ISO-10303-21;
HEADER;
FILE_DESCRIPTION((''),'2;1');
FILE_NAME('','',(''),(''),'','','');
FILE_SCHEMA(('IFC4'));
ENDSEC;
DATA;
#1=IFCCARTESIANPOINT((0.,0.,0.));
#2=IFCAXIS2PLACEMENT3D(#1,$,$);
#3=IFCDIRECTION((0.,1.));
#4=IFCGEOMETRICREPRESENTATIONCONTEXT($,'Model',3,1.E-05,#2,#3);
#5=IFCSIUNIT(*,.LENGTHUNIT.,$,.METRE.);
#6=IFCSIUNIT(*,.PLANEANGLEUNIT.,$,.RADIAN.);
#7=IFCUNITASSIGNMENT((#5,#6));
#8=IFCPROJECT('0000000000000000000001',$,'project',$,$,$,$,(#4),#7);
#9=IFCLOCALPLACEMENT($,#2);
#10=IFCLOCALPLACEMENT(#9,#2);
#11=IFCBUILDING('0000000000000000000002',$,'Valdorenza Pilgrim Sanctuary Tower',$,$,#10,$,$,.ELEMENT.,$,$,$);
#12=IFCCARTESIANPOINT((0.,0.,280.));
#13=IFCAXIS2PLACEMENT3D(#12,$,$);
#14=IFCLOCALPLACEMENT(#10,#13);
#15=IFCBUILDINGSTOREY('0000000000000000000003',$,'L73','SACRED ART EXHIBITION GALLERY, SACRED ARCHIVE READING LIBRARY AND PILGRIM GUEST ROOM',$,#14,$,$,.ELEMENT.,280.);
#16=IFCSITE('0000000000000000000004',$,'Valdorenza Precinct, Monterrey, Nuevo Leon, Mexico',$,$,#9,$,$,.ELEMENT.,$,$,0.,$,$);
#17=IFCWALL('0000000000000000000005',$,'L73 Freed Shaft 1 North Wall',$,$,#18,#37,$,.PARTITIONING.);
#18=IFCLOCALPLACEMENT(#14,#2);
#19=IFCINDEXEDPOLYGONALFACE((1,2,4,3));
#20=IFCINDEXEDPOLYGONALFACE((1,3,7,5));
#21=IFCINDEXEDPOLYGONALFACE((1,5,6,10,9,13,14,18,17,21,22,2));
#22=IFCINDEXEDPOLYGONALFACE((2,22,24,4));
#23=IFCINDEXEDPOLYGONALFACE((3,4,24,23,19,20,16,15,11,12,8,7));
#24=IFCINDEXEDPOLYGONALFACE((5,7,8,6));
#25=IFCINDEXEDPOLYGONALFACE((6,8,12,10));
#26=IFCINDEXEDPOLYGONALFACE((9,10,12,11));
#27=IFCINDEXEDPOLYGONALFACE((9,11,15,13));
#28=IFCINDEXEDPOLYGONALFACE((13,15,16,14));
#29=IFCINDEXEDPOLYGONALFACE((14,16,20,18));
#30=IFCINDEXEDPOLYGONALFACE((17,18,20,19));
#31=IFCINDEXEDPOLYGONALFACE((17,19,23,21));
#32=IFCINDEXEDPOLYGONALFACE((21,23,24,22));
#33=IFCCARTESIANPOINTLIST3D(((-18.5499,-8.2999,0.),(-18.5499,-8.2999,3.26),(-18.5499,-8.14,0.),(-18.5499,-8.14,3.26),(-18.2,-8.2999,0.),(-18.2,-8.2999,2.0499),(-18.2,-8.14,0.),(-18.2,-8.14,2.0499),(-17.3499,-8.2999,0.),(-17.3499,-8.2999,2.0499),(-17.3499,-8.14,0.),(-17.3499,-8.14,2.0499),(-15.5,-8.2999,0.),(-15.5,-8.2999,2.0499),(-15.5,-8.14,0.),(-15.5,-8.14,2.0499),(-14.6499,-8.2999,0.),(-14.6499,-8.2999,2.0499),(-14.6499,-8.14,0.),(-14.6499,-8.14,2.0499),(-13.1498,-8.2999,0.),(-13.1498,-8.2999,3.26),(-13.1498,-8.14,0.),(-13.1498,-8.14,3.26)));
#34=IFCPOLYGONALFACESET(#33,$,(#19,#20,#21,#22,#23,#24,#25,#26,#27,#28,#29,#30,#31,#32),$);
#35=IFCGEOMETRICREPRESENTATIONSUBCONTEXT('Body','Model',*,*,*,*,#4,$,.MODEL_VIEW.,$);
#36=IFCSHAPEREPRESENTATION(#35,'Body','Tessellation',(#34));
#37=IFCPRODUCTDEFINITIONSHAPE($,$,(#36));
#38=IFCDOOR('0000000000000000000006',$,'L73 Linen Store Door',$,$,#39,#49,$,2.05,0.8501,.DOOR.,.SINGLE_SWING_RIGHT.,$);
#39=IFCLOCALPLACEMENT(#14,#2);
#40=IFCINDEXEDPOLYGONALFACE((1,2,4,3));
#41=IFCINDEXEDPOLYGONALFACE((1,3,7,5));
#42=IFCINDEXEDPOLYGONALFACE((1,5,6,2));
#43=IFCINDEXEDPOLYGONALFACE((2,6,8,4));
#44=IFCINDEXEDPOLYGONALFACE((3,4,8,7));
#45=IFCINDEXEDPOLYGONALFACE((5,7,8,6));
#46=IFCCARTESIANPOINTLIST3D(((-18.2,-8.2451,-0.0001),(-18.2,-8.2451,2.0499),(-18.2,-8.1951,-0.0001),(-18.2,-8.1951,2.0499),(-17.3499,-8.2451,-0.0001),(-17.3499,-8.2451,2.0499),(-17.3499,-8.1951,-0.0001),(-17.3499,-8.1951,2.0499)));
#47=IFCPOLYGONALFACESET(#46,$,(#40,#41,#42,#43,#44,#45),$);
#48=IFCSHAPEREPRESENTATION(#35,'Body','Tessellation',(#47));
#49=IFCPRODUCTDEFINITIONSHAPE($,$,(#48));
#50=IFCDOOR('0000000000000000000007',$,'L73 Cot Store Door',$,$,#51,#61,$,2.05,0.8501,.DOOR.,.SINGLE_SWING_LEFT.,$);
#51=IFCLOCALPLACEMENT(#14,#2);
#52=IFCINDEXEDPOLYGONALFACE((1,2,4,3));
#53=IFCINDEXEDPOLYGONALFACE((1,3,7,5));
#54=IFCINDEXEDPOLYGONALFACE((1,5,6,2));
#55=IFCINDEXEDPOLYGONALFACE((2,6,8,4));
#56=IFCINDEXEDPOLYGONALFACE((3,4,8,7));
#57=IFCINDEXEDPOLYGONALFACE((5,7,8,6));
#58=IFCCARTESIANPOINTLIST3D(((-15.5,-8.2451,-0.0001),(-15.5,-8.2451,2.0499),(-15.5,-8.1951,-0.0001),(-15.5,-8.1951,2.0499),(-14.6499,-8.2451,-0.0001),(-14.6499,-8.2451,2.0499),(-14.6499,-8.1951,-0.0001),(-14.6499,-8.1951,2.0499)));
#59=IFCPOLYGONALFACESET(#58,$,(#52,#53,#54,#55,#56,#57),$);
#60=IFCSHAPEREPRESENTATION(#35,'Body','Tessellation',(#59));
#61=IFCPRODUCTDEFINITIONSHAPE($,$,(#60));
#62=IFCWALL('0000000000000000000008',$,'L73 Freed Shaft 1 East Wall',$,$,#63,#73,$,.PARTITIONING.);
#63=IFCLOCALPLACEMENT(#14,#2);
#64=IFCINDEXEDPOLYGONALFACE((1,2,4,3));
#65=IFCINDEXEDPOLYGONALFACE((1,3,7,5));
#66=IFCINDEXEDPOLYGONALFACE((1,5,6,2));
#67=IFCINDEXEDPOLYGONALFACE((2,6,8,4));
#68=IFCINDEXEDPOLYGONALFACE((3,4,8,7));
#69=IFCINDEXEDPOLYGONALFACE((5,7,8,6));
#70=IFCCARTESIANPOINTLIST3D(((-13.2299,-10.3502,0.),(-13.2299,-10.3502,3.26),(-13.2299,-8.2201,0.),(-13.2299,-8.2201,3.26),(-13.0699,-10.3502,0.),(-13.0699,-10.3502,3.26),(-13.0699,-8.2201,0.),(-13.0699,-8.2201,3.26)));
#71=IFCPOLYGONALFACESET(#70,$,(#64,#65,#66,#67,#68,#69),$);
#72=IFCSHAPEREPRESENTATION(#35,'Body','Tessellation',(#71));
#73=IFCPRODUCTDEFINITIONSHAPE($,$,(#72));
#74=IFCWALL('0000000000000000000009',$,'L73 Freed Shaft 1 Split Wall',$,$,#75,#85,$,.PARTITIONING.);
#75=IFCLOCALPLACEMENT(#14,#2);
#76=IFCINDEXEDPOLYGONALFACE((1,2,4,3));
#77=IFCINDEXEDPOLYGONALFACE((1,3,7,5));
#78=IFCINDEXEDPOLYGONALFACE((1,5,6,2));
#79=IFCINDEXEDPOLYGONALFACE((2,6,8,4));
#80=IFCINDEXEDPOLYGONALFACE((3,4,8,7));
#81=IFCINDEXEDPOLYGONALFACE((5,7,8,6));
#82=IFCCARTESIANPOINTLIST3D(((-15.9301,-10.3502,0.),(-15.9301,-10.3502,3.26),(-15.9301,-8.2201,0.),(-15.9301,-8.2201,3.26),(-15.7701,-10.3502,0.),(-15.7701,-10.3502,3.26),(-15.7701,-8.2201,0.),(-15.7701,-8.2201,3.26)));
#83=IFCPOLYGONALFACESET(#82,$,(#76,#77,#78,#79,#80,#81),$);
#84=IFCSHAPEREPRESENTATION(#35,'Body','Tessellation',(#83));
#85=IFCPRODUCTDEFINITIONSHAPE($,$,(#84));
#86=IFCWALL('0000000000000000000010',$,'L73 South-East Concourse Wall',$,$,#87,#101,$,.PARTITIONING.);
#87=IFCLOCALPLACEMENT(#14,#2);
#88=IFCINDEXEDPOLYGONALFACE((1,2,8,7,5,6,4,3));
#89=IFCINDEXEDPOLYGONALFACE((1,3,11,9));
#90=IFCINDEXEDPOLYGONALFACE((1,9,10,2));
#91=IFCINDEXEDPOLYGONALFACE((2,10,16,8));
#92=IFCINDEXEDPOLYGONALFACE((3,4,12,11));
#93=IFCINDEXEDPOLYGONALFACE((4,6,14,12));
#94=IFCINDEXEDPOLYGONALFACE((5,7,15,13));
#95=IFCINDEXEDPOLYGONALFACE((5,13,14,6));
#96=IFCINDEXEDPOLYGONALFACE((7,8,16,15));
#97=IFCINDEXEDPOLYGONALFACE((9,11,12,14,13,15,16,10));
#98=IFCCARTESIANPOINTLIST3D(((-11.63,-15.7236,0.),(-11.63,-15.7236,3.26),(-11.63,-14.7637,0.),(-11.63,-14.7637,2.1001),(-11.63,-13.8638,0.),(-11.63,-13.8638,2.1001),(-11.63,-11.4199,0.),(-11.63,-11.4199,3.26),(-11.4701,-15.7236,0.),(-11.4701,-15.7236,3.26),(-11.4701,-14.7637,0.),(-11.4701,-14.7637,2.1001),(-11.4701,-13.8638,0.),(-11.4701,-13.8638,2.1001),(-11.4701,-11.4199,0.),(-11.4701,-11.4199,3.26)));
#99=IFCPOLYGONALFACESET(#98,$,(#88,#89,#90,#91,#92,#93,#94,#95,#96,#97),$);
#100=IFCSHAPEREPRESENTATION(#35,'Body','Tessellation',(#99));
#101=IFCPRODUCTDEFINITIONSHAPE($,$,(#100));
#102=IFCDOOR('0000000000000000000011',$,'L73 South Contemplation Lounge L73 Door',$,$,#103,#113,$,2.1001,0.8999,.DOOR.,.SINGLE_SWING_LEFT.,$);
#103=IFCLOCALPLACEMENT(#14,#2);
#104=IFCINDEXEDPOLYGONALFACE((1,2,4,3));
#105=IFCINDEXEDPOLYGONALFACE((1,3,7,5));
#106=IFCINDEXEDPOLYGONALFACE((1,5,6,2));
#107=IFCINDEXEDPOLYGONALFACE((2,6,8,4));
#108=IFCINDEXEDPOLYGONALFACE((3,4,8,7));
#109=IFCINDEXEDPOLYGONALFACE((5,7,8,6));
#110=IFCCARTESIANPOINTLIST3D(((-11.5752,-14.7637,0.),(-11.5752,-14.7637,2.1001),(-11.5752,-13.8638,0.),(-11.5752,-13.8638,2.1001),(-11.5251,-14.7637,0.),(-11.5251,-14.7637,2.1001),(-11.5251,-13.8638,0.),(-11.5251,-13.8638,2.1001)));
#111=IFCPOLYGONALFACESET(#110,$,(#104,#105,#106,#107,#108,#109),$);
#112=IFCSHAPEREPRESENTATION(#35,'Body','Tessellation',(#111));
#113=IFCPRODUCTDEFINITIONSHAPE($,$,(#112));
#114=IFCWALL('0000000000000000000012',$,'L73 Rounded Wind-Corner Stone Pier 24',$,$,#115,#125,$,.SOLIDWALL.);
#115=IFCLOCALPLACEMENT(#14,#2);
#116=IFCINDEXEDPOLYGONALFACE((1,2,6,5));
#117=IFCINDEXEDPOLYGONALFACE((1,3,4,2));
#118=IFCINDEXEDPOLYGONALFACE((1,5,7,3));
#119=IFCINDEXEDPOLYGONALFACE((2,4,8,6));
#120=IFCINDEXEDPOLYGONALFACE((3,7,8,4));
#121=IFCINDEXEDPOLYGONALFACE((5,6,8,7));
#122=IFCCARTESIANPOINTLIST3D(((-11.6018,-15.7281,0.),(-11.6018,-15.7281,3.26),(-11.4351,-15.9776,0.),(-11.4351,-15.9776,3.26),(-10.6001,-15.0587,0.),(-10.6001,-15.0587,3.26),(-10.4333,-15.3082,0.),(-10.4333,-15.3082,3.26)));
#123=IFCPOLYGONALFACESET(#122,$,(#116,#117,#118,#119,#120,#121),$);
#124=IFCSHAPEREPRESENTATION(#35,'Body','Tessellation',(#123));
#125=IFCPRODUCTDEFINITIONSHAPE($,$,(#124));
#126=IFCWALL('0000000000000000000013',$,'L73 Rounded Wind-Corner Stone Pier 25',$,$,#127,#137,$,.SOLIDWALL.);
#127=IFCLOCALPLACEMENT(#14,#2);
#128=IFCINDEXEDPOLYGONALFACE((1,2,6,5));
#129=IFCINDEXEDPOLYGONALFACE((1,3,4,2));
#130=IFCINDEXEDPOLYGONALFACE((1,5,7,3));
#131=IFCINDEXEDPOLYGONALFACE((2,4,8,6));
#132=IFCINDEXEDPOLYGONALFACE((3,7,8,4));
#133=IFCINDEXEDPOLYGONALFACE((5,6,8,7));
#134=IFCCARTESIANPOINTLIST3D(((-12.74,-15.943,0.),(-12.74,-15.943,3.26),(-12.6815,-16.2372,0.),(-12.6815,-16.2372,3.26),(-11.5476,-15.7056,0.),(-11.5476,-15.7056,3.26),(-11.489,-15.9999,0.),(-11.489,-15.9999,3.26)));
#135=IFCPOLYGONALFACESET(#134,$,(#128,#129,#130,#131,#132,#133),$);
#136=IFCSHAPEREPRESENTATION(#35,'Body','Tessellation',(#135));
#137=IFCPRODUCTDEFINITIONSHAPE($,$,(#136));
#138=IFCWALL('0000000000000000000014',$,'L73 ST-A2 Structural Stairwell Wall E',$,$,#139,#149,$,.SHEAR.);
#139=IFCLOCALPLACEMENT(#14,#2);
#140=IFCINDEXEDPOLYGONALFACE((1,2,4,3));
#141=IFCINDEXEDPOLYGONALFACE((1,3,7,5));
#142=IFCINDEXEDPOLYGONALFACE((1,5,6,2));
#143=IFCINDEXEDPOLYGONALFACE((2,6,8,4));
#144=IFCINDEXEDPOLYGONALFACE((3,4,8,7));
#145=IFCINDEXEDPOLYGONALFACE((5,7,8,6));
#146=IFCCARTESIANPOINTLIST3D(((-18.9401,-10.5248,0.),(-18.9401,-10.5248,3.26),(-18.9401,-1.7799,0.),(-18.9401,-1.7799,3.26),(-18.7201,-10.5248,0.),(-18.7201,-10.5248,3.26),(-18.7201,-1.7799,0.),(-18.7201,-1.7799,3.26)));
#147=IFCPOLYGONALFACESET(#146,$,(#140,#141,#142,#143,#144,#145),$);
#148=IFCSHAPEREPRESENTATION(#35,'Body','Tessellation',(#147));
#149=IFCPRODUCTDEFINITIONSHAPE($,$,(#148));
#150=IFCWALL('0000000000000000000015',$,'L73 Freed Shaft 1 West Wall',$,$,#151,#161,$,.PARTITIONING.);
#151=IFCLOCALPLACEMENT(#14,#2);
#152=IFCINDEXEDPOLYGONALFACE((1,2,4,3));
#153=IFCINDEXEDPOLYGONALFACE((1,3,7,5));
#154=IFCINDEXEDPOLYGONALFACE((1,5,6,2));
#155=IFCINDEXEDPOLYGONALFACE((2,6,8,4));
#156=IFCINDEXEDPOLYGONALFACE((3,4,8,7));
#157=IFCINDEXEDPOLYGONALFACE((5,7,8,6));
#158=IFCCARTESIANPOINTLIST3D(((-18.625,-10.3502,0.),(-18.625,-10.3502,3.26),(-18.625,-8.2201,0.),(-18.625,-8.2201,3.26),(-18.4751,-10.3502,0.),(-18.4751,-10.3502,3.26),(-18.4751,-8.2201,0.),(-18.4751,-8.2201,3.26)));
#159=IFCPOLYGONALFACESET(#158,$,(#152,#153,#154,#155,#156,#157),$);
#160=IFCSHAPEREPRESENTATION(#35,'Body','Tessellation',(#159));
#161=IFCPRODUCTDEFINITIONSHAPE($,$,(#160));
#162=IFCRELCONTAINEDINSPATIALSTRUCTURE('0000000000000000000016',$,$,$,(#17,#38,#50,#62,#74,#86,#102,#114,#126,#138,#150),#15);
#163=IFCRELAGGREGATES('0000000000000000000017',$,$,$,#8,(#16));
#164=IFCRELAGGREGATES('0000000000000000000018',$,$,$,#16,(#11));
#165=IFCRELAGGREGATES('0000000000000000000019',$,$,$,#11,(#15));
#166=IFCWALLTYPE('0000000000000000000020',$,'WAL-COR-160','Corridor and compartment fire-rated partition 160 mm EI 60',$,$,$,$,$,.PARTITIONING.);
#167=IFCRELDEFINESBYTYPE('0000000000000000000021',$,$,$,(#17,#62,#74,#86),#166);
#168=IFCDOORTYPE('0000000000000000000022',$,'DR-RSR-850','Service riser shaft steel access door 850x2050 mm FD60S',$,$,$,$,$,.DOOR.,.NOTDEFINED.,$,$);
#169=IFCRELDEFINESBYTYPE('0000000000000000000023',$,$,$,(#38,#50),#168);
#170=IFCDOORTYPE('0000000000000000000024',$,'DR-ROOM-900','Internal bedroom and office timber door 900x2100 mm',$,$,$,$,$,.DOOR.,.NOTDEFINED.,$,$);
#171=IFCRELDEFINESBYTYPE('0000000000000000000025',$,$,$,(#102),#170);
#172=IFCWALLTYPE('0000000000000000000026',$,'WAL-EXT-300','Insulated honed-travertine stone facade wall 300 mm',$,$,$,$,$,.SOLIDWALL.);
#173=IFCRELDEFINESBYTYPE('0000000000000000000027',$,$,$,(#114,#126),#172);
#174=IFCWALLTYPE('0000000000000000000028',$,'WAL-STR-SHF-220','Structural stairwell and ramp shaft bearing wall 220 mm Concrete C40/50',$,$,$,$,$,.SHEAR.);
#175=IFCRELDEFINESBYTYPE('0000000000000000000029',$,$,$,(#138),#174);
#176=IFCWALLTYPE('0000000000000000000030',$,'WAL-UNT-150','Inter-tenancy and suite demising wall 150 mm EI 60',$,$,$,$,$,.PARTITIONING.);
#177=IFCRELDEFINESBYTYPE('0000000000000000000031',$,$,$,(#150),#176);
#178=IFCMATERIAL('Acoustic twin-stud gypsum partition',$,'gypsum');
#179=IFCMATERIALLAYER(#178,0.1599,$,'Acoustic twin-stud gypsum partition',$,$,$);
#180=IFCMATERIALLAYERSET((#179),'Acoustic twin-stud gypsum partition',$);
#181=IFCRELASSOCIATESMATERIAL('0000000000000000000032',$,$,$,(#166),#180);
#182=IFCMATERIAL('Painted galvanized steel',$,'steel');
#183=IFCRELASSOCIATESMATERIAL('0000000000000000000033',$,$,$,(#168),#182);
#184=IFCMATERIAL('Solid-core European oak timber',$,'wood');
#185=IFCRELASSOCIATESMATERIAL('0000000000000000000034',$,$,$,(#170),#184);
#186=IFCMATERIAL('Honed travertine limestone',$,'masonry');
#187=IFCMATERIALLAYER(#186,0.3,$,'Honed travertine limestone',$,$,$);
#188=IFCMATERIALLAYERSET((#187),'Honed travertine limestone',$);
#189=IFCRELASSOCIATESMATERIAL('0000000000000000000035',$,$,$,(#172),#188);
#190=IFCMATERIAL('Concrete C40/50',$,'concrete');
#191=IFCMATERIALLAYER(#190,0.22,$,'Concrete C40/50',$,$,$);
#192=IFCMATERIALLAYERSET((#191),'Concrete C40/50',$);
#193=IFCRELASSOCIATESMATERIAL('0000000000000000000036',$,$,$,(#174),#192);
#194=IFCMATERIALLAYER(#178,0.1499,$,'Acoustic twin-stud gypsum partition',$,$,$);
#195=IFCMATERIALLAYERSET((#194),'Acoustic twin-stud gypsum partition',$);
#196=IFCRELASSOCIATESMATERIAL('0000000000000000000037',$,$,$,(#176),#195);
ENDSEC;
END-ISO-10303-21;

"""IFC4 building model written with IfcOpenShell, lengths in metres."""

from ifc_helpers import new_model, si_unit, direction, frame, frame_2d, origin, place, context, subcontext, project, spatial, rectangle, extrude, material, layer, layer_set, type_object, element, fill, save


model = new_model("IFC4")

# Units and contexts
model_context = context("Model", 3, precision=1e-05, world=origin(), true_north=direction((0.0, 1.0)))
body_context = subcontext(model_context, "Body", "Model", "MODEL_VIEW")
ifc_project = project(units=[si_unit("LENGTHUNIT", "METRE"), si_unit("PLANEANGLEUNIT", "RADIAN")], contexts=[model_context])

# Site, building, storey
site_placement = place(None, origin())
site = spatial("IfcSite", under=ifc_project, at=site_placement, Name="Valdorenza Precinct, Monterrey, Nuevo Leon, Mexico", CompositionType="ELEMENT", RefElevation=0.0)
building_placement = place(site_placement, origin())
building = spatial("IfcBuilding", under=site, at=building_placement, Name="Valdorenza Pilgrim Sanctuary Tower", CompositionType="ELEMENT")
storey_placement = place(building_placement, frame((0.0, 0.0, 280.0)))
storey = spatial("IfcBuildingStorey", under=building, at=storey_placement, Name="L73", Description="SACRED ART EXHIBITION GALLERY, SACRED ARCHIVE READING LIBRARY AND PILGRIM GUEST ROOM", CompositionType="ELEMENT", Elevation=280.0)

# Shared definitions
ifc_material_1 = material(Name="Honed travertine limestone", Category="masonry")

# Shared definitions
ifc_material_2 = material(Name="Acoustic twin-stud gypsum partition", Category="gypsum")
ifc_layer_1 = layer(ifc_material_2, 0.1599, Name="Acoustic twin-stud gypsum partition")
ifc_layer_set_1 = layer_set([ifc_layer_1], Name="Acoustic twin-stud gypsum partition")
wall_type_1 = type_object("IfcWallType", Name="WAL-COR-160", Description="Corridor and compartment fire-rated partition 160 mm EI 60", PredefinedType="PARTITIONING", material=ifc_layer_set_1)

# Wall, openings, doors
wall_1_placement = place(storey_placement, frame((-18.55, -8.22, 0.0), z_axis=(0.0, 0.0, 1.0), x_axis=(1.0, 0.0, 0.0)))
wall_1 = element("IfcWall", 1, at=wall_1_placement, inside=storey, type_object=wall_type_1, Name="L73 Freed Shaft 1 North Wall", PredefinedType="PARTITIONING", context=body_context, shape_type="SweptSolid", body=[
    extrude(rectangle(XDim=5.4001, YDim=0.1599, at=frame_2d((2.7002, 0.0))), origin(), (0.0, 0.0, 1.0), 3.26),
])
opening_1_placement = place(wall_1_placement, frame((0.3501, 0.0, 0.0)))
opening_1 = element("IfcOpeningElement", 2, at=opening_1_placement, cuts=wall_1, PredefinedType="OPENING", context=body_context, shape_type="SweptSolid", body=[
    extrude(rectangle(XDim=0.8501, YDim=2.05, at=frame_2d((0.425, 1.0249))), frame((0.0, 0.0947, 0.0), z_axis=(0.0, -1.0, 0.0), x_axis=(1.0, 0.0, 0.0)), (0.0, 0.0, 1.0), 0.1897),
])
opening_2_placement = place(wall_1_placement, frame((3.05, 0.0, 0.0)))
opening_2 = element("IfcOpeningElement", 3, at=opening_2_placement, cuts=wall_1, PredefinedType="OPENING", context=body_context, shape_type="SweptSolid", body=[
    extrude(rectangle(XDim=0.8501, YDim=2.05, at=frame_2d((0.425, 1.0249))), frame((0.0, 0.0947, 0.0), z_axis=(0.0, -1.0, 0.0), x_axis=(1.0, 0.0, 0.0)), (0.0, 0.0, 1.0), 0.1897),
])
ifc_material_3 = material(Name="Painted galvanized steel", Category="steel")
door_type_1 = type_object("IfcDoorType", Name="DR-RSR-850", Description="Service riser shaft steel access door 850x2050 mm FD60S", OperationType="NOTDEFINED", PredefinedType="DOOR", material=ifc_material_3)
door_1_placement = place(opening_1_placement, origin())
door_1 = element("IfcDoor", 4, at=door_1_placement, inside=storey, type_object=door_type_1, Name="L73 Linen Store Door", OperationType="SINGLE_SWING_RIGHT", OverallHeight=2.05, OverallWidth=0.8501, PredefinedType="DOOR", context=body_context, shape_type="SweptSolid", body=[
    extrude(rectangle(XDim=0.8501, YDim=2.05, at=frame_2d((0.425, 1.0249))), frame((0.0, 0.0249, 0.0), z_axis=(0.0, -1.0, 0.0), x_axis=(1.0, 0.0, 0.0)), (0.0, 0.0, 1.0), 0.05),
])
fill(opening_1, door_1)
door_2_placement = place(opening_2_placement, origin())
door_2 = element("IfcDoor", 5, at=door_2_placement, inside=storey, type_object=door_type_1, Name="L73 Cot Store Door", OperationType="SINGLE_SWING_LEFT", OverallHeight=2.05, OverallWidth=0.8501, PredefinedType="DOOR", context=body_context, shape_type="SweptSolid", body=[
    extrude(rectangle(XDim=0.8501, YDim=2.05, at=frame_2d((0.425, 1.0249))), frame((0.0, 0.0249, 0.0), z_axis=(0.0, -1.0, 0.0), x_axis=(1.0, 0.0, 0.0)), (0.0, 0.0, 1.0), 0.05),
])
fill(opening_2, door_2)

# Walls
for number, where, z_axis, x_axis, name in (
    (6, (-13.1499, -10.3501, 0.0), (0.0, 0.0, 1.0), (0.0, 1.0, 0.0), "L73 Freed Shaft 1 East Wall"),
    (7, (-15.8501, -10.3501, 0.0), (0.0, 0.0, 1.0), (0.0, 1.0, 0.0), "L73 Freed Shaft 1 Split Wall"),
):
    element("IfcWall", number, at=place(storey_placement, frame(where, z_axis=z_axis, x_axis=x_axis)), inside=storey, type_object=wall_type_1, Name=name, PredefinedType="PARTITIONING", context=body_context, shape_type="SweptSolid", body=[
        extrude(rectangle(XDim=2.1301, YDim=0.1599, at=frame_2d((1.0649, 0.0))), origin(), (0.0, 0.0, 1.0), 3.26),
    ])

# Wall, opening, door
wall_2_placement = place(storey_placement, frame((-11.55, -15.7236, 0.0), z_axis=(0.0, 0.0, 1.0), x_axis=(0.0, 1.0, 0.0)))
wall_2 = element("IfcWall", 8, at=wall_2_placement, inside=storey, type_object=wall_type_1, Name="L73 South-East Concourse Wall", PredefinedType="PARTITIONING", context=body_context, shape_type="SweptSolid", body=[
    extrude(rectangle(XDim=4.3037, YDim=0.1599, at=frame_2d((2.1519, 0.0))), origin(), (0.0, 0.0, 1.0), 3.26),
])
opening_3_placement = place(wall_2_placement, frame((0.96, 0.0, 0.0)))
opening_3 = element("IfcOpeningElement", 9, at=opening_3_placement, cuts=wall_2, PredefinedType="OPENING", context=body_context, shape_type="SweptSolid", body=[
    extrude(rectangle(XDim=0.8999, YDim=2.1001, at=frame_2d((0.45, 1.05))), frame((0.0, 0.0947, 0.0), z_axis=(0.0, -1.0, 0.0), x_axis=(1.0, 0.0, 0.0)), (0.0, 0.0, 1.0), 0.1897),
])
ifc_material_4 = material(Name="Solid-core European oak timber", Category="wood")
door_type_2 = type_object("IfcDoorType", Name="DR-ROOM-900", Description="Internal bedroom and office timber door 900x2100 mm", OperationType="NOTDEFINED", PredefinedType="DOOR", material=ifc_material_4)
door_3_placement = place(opening_3_placement, frame((0.8999, 0.0, 0.0), z_axis=(0.0, 0.0, 1.0), x_axis=(-1.0, 0.0, 0.0)))
door_3 = element("IfcDoor", 10, at=door_3_placement, inside=storey, type_object=door_type_2, Name="L73 South Contemplation Lounge L73 Door", OperationType="SINGLE_SWING_LEFT", OverallHeight=2.1001, OverallWidth=0.8999, PredefinedType="DOOR", context=body_context, shape_type="SweptSolid", body=[
    extrude(rectangle(XDim=0.8999, YDim=2.1001, at=frame_2d((0.45, 1.05))), frame((0.0, 0.0249, 0.0), z_axis=(0.0, -1.0, 0.0), x_axis=(1.0, 0.0, 0.0)), (0.0, 0.0, 1.0), 0.05),
])
fill(opening_3, door_3)

# Walls
ifc_layer_2 = layer(ifc_material_1, 0.3, Name="Honed travertine limestone")
ifc_layer_set_2 = layer_set([ifc_layer_2], Name="Honed travertine limestone")
wall_type_2 = type_object("IfcWallType", Name="WAL-EXT-300", Description="Insulated honed-travertine stone facade wall 300 mm", PredefinedType="SOLIDWALL", material=ifc_layer_set_2)
wall_3_placement = place(storey_placement, frame((-10.5166, -15.1833, 0.0), z_axis=(0.0, 0.0, 1.0), x_axis=(-0.831426, -0.555635, 0.0)))
element("IfcWall", 11, at=wall_3_placement, inside=storey, type_object=wall_type_2, Name="L73 Rounded Wind-Corner Stone Pier 24", PredefinedType="SOLIDWALL", context=body_context, shape_type="SweptSolid", body=[
    extrude(rectangle(XDim=1.2048, YDim=0.3, at=frame_2d((0.6025, 0.0))), origin(), (0.0, 0.0, 1.0), 3.26),
])
wall_4_placement = place(storey_placement, frame((-11.5183, -15.8528, 0.0), z_axis=(0.0, 0.0, 1.0), x_axis=(-0.980766, -0.195189, 0.0)))
element("IfcWall", 12, at=wall_4_placement, inside=storey, type_object=wall_type_2, Name="L73 Rounded Wind-Corner Stone Pier 25", PredefinedType="SOLIDWALL", context=body_context, shape_type="SweptSolid", body=[
    extrude(rectangle(XDim=1.2158, YDim=0.3, at=frame_2d((0.6079, 0.0))), origin(), (0.0, 0.0, 1.0), 3.26),
])
ifc_material_5 = material(Name="Concrete C40/50", Category="concrete")
ifc_layer_3 = layer(ifc_material_5, 0.22, Name="Concrete C40/50")
ifc_layer_set_3 = layer_set([ifc_layer_3], Name="Concrete C40/50")
wall_type_3 = type_object("IfcWallType", Name="WAL-STR-SHF-220", Description="Structural stairwell and ramp shaft bearing wall 220 mm Concrete C40/50", PredefinedType="SHEAR", material=ifc_layer_set_3)
wall_5_placement = place(storey_placement, frame((-18.8301, -10.5249, 0.0), z_axis=(0.0, 0.0, 1.0), x_axis=(0.0, 1.0, 0.0)))
element("IfcWall", 13, at=wall_5_placement, inside=storey, type_object=wall_type_3, Name="L73 ST-A2 Structural Stairwell Wall E", PredefinedType="SHEAR", context=body_context, shape_type="SweptSolid", body=[
    extrude(rectangle(XDim=8.7449, YDim=0.22, at=frame_2d((4.3726, 0.0))), origin(), (0.0, 0.0, 1.0), 3.26),
])
ifc_layer_4 = layer(ifc_material_2, 0.1499, Name="Acoustic twin-stud gypsum partition")
ifc_layer_set_4 = layer_set([ifc_layer_4], Name="Acoustic twin-stud gypsum partition")
wall_type_4 = type_object("IfcWallType", Name="WAL-UNT-150", Description="Inter-tenancy and suite demising wall 150 mm EI 60", PredefinedType="PARTITIONING", material=ifc_layer_set_4)
wall_6_placement = place(storey_placement, frame((-18.55, -10.3501, 0.0), z_axis=(0.0, 0.0, 1.0), x_axis=(0.0, 1.0, 0.0)))
element("IfcWall", 14, at=wall_6_placement, inside=storey, type_object=wall_type_4, Name="L73 Freed Shaft 1 West Wall", PredefinedType="PARTITIONING", context=body_context, shape_type="SweptSolid", body=[
    extrude(rectangle(XDim=2.1301, YDim=0.1499, at=frame_2d((1.0649, 0.0))), origin(), (0.0, 0.0, 1.0), 3.26),
])

save(model, "model.ifc")
